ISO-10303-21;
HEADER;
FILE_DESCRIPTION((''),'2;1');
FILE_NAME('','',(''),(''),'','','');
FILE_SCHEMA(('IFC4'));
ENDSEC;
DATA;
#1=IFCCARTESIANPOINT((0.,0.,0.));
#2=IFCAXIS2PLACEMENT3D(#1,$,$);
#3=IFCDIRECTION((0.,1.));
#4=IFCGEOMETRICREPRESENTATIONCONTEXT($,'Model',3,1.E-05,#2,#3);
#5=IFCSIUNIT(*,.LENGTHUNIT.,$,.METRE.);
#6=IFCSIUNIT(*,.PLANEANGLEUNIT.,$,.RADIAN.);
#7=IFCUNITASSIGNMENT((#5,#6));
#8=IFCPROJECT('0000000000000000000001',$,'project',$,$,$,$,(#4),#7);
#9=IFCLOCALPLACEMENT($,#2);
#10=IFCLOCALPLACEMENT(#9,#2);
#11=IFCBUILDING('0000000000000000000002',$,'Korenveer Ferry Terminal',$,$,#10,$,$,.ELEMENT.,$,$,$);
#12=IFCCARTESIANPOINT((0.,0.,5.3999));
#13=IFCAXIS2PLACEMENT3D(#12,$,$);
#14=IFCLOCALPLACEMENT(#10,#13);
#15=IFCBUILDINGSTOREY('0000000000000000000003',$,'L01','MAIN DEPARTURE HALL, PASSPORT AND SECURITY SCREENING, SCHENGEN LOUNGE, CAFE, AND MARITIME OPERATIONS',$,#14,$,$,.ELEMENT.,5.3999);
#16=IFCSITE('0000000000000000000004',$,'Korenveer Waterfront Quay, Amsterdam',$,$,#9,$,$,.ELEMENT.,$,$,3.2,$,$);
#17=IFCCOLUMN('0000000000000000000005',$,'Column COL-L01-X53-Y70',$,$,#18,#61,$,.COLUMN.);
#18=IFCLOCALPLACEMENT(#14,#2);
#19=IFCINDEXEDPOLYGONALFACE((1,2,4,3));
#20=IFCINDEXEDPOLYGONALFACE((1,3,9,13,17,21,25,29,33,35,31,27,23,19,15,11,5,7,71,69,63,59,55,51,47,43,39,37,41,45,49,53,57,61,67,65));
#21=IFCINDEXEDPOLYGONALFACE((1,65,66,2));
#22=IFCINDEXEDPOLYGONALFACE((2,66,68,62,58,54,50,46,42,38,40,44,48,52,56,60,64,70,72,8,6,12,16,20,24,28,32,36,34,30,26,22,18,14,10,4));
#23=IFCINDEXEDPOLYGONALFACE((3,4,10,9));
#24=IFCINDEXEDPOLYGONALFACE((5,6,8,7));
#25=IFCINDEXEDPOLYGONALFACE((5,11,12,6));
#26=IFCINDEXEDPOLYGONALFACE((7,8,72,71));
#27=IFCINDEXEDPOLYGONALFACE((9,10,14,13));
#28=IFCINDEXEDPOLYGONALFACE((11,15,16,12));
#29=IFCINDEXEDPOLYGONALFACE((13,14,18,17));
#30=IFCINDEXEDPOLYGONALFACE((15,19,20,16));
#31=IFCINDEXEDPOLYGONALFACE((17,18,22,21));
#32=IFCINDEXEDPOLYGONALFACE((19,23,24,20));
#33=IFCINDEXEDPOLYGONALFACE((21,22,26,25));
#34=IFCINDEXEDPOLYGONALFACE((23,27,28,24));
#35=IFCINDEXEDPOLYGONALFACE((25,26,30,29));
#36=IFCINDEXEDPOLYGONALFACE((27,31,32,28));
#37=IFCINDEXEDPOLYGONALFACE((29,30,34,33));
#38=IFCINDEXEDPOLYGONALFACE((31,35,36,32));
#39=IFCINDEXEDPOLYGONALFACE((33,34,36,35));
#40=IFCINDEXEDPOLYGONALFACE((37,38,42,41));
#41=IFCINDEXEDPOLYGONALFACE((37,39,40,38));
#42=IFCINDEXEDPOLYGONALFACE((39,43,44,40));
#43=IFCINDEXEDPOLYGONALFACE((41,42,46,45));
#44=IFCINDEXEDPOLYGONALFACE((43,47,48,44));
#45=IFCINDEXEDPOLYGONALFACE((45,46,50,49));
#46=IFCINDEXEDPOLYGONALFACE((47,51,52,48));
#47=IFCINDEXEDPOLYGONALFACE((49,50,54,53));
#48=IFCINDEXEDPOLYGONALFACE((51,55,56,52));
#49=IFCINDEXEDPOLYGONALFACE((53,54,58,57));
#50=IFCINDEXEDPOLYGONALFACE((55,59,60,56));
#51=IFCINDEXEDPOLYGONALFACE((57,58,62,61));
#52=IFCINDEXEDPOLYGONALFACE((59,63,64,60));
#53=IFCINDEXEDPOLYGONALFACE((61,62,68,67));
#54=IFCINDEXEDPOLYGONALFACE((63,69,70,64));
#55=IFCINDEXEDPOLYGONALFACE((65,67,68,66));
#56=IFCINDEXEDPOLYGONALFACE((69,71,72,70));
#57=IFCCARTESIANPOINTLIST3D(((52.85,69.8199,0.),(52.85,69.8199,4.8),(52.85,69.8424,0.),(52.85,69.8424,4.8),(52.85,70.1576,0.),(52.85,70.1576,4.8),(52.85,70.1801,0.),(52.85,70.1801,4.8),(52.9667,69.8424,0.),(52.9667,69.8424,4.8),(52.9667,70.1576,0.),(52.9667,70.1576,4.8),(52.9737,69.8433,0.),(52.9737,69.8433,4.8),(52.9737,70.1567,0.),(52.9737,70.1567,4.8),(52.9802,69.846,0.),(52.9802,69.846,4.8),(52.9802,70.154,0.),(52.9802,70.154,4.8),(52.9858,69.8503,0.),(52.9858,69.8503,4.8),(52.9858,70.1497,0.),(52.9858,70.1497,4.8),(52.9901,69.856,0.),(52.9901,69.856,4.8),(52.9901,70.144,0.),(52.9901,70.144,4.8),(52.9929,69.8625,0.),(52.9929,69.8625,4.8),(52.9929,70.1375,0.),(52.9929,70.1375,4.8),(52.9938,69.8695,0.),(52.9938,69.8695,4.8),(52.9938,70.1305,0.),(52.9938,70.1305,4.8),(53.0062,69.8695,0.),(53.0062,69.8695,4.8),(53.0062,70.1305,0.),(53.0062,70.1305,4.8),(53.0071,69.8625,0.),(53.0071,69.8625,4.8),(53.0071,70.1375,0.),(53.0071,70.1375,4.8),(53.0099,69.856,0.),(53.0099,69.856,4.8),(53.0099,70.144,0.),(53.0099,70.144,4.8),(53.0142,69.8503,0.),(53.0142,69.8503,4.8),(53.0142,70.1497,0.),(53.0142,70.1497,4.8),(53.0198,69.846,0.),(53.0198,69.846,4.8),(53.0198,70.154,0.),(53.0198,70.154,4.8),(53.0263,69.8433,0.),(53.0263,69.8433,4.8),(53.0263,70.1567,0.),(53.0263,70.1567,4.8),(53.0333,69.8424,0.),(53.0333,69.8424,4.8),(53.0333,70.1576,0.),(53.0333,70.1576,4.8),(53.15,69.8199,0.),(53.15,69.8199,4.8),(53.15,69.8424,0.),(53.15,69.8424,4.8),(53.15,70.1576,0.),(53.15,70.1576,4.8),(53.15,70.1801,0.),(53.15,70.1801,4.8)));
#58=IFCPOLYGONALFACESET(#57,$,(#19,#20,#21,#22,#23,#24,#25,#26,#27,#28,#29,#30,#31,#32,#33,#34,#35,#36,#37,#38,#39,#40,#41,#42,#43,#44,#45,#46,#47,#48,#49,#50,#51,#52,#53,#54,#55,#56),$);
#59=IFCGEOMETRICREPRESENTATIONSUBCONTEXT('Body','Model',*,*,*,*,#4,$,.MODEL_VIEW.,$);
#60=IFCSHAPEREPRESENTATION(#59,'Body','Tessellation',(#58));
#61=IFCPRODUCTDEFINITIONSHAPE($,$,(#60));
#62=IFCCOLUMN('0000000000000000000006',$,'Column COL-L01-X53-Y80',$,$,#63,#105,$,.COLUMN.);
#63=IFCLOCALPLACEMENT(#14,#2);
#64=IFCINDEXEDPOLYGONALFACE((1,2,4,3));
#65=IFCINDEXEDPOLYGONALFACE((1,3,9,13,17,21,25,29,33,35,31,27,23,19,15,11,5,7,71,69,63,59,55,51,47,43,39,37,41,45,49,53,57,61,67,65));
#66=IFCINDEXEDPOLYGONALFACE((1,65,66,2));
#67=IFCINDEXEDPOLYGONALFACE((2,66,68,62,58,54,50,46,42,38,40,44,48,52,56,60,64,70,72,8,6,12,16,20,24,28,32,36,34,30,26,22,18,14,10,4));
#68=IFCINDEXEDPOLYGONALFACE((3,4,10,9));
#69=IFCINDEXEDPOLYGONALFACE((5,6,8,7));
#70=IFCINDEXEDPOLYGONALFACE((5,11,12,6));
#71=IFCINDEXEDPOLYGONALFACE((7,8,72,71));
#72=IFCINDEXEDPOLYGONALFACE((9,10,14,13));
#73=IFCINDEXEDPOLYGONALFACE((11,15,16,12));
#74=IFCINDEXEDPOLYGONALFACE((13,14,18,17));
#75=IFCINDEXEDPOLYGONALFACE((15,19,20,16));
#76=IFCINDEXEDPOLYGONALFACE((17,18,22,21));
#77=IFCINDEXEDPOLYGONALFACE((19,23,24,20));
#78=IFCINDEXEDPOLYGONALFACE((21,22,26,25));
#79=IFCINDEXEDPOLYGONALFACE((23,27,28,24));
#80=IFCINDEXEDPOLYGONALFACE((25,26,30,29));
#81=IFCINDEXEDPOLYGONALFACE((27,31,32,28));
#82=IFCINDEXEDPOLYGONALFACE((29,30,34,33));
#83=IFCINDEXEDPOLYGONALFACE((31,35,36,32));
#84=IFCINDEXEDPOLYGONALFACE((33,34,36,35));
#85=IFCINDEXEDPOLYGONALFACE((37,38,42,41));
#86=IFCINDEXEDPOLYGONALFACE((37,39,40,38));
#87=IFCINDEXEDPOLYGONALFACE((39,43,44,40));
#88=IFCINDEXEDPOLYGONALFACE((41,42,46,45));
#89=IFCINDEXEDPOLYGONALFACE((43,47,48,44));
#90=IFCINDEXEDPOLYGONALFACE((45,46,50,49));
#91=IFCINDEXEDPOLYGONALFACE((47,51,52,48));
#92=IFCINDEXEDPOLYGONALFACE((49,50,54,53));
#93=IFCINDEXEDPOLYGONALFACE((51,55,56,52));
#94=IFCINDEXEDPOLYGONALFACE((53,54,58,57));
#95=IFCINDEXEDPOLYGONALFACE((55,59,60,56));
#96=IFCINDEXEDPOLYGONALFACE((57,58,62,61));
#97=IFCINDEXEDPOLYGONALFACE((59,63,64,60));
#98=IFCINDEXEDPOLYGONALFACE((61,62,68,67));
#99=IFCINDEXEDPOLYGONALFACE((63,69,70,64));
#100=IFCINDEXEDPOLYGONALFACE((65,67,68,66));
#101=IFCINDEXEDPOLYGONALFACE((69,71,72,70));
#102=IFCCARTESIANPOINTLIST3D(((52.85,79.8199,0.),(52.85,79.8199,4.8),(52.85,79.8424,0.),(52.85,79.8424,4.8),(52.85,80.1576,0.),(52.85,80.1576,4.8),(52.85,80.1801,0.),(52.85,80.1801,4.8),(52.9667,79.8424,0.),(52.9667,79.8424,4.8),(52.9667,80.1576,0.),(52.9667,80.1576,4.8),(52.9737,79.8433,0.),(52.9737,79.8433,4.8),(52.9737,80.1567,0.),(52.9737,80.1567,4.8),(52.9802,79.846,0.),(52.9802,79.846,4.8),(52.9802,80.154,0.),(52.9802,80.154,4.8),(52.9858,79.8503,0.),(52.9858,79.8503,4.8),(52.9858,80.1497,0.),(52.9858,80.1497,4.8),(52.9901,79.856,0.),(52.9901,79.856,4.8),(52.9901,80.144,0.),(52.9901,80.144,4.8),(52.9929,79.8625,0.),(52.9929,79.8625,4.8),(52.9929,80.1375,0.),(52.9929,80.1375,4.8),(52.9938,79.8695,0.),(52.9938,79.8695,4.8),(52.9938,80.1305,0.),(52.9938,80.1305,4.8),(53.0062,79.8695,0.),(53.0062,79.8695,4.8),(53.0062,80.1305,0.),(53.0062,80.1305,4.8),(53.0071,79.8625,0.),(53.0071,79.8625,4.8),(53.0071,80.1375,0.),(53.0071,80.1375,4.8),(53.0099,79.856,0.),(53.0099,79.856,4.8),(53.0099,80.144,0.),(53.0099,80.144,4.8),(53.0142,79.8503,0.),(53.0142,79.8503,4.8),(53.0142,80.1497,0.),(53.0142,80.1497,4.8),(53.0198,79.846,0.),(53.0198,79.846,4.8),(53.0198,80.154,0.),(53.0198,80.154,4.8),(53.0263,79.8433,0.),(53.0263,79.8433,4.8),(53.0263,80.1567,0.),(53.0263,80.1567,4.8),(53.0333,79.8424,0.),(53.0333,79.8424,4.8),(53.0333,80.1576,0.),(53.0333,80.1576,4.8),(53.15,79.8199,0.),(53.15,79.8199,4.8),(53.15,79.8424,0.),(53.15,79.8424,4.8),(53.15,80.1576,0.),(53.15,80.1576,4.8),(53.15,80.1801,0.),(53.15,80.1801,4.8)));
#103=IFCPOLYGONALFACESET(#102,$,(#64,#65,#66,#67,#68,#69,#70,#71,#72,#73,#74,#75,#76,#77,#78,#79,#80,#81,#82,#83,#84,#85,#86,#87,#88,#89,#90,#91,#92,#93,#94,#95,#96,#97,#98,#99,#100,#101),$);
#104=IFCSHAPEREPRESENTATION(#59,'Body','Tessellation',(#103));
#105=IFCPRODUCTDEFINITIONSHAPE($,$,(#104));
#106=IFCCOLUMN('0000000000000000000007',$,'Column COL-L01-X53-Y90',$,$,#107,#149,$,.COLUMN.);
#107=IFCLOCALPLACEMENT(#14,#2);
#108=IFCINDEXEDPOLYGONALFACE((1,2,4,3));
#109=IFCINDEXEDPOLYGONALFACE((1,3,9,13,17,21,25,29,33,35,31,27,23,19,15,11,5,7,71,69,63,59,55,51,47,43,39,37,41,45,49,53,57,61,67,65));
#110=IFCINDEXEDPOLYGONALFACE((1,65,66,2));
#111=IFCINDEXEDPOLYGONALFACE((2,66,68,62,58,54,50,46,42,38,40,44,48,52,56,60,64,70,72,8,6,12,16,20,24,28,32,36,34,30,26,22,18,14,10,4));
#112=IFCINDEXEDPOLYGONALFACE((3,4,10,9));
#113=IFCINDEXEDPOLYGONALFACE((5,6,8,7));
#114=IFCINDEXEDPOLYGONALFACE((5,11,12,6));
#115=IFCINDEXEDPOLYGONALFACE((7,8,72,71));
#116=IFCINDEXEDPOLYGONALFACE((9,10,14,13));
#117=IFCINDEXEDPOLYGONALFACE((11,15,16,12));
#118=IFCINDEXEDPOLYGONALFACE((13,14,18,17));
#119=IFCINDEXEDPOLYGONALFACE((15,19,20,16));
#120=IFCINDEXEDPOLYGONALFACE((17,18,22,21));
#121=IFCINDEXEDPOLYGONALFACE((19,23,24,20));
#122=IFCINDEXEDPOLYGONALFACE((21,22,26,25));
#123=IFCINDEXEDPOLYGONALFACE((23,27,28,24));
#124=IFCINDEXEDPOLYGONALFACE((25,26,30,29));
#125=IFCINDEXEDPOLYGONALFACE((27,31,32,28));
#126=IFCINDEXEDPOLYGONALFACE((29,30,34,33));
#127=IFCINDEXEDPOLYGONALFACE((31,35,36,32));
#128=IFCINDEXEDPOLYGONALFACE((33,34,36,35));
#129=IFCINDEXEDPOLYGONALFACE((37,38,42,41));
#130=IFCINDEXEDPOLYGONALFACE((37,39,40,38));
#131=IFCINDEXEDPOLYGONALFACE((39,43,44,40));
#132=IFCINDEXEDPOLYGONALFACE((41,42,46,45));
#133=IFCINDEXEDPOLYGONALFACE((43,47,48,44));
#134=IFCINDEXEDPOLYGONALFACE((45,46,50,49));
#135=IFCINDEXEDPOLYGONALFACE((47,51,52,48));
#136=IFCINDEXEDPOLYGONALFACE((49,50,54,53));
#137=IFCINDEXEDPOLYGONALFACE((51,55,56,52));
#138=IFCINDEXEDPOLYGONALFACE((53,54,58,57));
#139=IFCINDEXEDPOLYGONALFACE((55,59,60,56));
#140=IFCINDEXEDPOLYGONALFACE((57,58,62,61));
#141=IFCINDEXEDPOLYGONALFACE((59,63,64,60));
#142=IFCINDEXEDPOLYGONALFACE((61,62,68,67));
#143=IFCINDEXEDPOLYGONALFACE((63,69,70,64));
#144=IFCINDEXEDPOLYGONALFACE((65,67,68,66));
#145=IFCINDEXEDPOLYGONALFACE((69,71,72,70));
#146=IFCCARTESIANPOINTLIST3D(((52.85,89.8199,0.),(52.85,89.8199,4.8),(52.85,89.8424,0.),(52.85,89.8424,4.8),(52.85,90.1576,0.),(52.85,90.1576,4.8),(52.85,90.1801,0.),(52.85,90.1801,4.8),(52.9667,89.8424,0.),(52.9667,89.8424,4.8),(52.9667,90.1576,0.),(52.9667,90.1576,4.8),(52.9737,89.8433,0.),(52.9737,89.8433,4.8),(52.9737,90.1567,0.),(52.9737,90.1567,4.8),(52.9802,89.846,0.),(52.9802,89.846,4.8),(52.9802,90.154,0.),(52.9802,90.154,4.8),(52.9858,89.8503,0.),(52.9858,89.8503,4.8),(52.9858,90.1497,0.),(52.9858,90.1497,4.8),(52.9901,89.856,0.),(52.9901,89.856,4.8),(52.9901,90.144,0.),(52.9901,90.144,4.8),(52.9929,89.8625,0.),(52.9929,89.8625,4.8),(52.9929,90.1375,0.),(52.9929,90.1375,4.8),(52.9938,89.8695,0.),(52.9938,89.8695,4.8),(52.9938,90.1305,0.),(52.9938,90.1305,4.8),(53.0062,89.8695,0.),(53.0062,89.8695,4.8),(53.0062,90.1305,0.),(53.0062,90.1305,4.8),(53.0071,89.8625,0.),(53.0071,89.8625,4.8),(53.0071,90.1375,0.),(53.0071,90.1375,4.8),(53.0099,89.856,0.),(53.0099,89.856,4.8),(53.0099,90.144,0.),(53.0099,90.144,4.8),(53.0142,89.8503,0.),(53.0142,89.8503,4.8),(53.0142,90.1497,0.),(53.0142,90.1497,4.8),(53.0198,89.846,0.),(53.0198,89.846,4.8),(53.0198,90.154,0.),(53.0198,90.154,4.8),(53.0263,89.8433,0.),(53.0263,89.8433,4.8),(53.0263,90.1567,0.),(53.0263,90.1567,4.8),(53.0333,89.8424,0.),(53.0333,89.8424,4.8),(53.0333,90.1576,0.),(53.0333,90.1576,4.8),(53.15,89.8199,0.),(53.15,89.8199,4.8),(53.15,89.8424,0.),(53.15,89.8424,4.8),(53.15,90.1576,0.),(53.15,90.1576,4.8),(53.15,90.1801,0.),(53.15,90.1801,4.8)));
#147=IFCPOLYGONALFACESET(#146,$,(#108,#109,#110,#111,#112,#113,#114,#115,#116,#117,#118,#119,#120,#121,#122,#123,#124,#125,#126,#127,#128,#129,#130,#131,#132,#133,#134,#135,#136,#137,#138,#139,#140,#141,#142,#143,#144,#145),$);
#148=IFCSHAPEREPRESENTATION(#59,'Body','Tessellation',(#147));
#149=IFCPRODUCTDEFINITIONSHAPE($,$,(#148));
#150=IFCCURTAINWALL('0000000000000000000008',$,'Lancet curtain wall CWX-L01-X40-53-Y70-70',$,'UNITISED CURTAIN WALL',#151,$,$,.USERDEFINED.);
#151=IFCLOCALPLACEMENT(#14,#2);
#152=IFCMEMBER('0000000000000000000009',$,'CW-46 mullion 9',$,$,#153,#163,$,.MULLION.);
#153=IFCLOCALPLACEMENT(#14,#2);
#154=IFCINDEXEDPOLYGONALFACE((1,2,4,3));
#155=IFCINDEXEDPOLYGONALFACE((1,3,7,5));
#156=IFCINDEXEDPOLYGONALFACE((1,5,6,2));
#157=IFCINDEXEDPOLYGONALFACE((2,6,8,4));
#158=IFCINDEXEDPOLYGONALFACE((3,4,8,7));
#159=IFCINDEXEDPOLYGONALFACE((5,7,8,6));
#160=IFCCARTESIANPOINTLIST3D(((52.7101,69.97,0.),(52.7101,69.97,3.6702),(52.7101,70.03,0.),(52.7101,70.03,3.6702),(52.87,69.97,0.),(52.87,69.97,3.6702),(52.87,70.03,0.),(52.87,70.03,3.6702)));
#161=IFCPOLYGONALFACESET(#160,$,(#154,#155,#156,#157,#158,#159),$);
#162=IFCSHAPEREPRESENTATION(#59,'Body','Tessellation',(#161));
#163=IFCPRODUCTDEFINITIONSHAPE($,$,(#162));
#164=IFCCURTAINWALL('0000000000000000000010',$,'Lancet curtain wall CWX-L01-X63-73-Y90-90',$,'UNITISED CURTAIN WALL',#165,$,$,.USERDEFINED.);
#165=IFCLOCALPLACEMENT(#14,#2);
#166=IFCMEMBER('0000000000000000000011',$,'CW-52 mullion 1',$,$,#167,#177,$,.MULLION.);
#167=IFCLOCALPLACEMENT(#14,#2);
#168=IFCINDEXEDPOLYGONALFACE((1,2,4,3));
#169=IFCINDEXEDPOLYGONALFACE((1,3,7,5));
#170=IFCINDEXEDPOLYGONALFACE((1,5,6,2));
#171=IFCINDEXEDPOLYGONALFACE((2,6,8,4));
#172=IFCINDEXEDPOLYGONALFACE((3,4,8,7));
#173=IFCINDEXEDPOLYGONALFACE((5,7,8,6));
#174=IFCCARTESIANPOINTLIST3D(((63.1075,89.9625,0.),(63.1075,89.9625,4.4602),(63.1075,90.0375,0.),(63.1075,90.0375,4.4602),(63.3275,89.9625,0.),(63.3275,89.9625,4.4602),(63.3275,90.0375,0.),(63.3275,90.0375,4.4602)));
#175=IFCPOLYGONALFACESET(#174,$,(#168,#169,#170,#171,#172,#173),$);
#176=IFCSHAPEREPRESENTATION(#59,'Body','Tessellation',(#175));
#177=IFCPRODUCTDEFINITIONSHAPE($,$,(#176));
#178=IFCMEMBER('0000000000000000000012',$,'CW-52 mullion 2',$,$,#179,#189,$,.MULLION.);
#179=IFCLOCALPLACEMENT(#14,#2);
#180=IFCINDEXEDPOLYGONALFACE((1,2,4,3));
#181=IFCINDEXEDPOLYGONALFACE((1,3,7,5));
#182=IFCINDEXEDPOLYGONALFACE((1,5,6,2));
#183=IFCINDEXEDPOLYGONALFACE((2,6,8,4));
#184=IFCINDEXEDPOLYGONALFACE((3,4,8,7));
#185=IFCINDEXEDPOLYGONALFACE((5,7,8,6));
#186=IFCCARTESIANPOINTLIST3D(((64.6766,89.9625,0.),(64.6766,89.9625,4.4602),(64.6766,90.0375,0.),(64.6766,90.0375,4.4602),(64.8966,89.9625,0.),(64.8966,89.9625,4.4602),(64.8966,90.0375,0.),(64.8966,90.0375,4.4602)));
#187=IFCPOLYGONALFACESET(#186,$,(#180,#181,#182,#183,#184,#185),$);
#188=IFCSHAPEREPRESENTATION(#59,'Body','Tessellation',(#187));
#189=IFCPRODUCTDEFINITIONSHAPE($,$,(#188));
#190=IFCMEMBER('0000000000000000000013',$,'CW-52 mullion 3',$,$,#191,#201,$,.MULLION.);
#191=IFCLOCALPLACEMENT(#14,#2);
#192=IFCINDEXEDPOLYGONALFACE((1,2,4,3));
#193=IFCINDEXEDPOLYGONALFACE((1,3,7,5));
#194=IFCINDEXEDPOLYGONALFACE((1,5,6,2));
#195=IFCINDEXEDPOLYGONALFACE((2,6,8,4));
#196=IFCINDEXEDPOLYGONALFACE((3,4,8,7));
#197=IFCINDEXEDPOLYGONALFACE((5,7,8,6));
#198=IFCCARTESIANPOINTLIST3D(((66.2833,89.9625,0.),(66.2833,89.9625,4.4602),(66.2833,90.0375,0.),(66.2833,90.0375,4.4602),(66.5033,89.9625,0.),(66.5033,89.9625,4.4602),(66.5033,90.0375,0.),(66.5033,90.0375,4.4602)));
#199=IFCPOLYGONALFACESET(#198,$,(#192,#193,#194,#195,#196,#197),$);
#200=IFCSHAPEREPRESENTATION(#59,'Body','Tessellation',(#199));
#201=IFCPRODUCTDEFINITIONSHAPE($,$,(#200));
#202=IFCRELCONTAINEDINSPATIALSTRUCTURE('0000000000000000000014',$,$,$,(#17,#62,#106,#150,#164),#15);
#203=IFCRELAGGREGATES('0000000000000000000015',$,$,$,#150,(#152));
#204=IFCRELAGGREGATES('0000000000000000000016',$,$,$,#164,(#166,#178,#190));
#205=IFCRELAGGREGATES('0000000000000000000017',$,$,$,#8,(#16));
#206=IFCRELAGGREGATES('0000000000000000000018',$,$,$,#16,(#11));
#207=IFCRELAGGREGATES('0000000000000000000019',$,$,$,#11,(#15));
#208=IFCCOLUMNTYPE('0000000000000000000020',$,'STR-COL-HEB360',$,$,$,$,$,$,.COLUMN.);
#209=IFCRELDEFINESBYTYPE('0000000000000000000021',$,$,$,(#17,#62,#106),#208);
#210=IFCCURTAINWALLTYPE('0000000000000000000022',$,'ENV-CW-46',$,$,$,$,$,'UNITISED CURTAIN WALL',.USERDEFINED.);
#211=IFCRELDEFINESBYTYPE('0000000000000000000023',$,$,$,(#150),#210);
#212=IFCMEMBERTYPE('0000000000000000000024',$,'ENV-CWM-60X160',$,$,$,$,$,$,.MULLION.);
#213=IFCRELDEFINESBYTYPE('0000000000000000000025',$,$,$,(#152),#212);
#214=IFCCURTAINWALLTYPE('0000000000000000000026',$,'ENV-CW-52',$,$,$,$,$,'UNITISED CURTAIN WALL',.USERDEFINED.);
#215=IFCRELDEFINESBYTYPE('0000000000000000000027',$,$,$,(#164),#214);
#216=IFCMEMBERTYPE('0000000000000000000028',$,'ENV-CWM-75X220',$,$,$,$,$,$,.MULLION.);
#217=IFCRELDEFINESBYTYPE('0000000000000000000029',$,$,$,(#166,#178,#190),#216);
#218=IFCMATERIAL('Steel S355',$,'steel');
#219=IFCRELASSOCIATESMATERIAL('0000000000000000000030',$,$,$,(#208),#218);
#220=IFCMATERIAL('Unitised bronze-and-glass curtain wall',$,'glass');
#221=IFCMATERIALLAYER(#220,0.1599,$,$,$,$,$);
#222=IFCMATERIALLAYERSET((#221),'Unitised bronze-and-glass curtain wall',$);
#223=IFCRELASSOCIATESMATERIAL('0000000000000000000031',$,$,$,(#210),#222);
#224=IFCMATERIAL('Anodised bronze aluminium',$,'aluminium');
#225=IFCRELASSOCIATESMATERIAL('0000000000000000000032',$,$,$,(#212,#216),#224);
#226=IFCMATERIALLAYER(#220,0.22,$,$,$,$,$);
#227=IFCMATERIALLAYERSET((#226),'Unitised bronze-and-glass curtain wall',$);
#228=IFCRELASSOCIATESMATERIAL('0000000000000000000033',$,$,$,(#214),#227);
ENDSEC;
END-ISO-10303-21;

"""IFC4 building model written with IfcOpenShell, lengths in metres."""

from ifc_helpers import new_model, si_unit, direction, frame, origin, origin_2d, place, context, subcontext, project, spatial, rectangle, i_section, extrude, material, layer, layer_set, material_profile, profile_set, type_object, element, aggregate, save


model = new_model("IFC4")

# Units and contexts
model_context = context("Model", 3, precision=1e-05, world=origin(), true_north=direction((0.0, 1.0)))
body_context = subcontext(model_context, "Body", "Model", "MODEL_VIEW")
ifc_project = project(units=[si_unit("LENGTHUNIT", "METRE"), si_unit("PLANEANGLEUNIT", "RADIAN")], contexts=[model_context])

# Site, building, storey
site_placement = place(None, origin())
site = spatial("IfcSite", under=ifc_project, at=site_placement, Name="Korenveer Waterfront Quay, Amsterdam", CompositionType="ELEMENT", RefElevation=3.2)
building_placement = place(site_placement, origin())
building = spatial("IfcBuilding", under=site, at=building_placement, Name="Korenveer Ferry Terminal", CompositionType="ELEMENT")
storey_placement = place(building_placement, frame((0.0, 0.0, 5.3999)))
storey = spatial("IfcBuildingStorey", under=building, at=storey_placement, Name="L01", Description="MAIN DEPARTURE HALL, PASSPORT AND SECURITY SCREENING, SCHENGEN LOUNGE, CAFE, AND MARITIME OPERATIONS", CompositionType="ELEMENT", Elevation=5.3999)

# Columns
ifc_material_1 = material(Name="Steel S355", Category="steel")
ifc_material_profile_1 = material_profile(ifc_material_1, i_section(OverallWidth=0.3, OverallDepth=0.3601, WebThickness=0.0125, FlangeThickness=0.0225, FilletRadius=0.0271, at=origin_2d()), Name="HEB 360")
ifc_profile_set_1 = profile_set([ifc_material_profile_1], Name="Steel S355")
column_type = type_object("IfcColumnType", Name="STR-COL-HEB360", PredefinedType="COLUMN", material=ifc_profile_set_1)
for number, where, z_axis, x_axis, name in (
    (1, (53.0, 70.0, 0.0), (0.0, 0.0, 1.0), (1.0, 0.0, 0.0), "Column COL-L01-X53-Y70"),
    (2, (53.0, 80.0, 0.0), (0.0, 0.0, 1.0), (1.0, 0.0, 0.0), "Column COL-L01-X53-Y80"),
    (3, (53.0, 90.0, 0.0), (0.0, 0.0, 1.0), (1.0, 0.0, 0.0), "Column COL-L01-X53-Y90"),
):
    element("IfcColumn", number, at=place(storey_placement, frame(where, z_axis=z_axis, x_axis=x_axis)), inside=storey, type_object=column_type, Name=name, PredefinedType="COLUMN", context=body_context, shape_type="SweptSolid", body=[
        extrude(i_section(OverallWidth=0.3, OverallDepth=0.3601, WebThickness=0.0125, FlangeThickness=0.0225, FilletRadius=0.0271, at=origin_2d()), origin(), (0.0, 0.0, 1.0), 4.8),
    ])

# Curtain wall, member
ifc_material_2 = material(Name="Unitised bronze-and-glass curtain wall", Category="glass")
ifc_layer_1 = layer(ifc_material_2, 0.1599)
ifc_layer_set_1 = layer_set([ifc_layer_1], Name="Unitised bronze-and-glass curtain wall")
curtain_wall_type_1 = type_object("IfcCurtainWallType", Name="ENV-CW-46", ElementType="UNITISED CURTAIN WALL", PredefinedType="USERDEFINED", material=ifc_layer_set_1)
curtain_wall_1_placement = place(storey_placement, frame((40.28, 70.0, 0.0)))
curtain_wall_1 = element("IfcCurtainWall", 4, at=curtain_wall_1_placement, inside=storey, type_object=curtain_wall_type_1, Name="Lancet curtain wall CWX-L01-X40-53-Y70-70", ObjectType="UNITISED CURTAIN WALL", PredefinedType="USERDEFINED")
ifc_material_3 = material(Name="Anodised bronze aluminium", Category="aluminium")
ifc_material_profile_2 = material_profile(ifc_material_3, rectangle(XDim=0.0601, YDim=0.1599, at=origin_2d()), Name="ALU 60x160")
ifc_profile_set_2 = profile_set([ifc_material_profile_2], Name="Anodised bronze aluminium")
member_type_1 = type_object("IfcMemberType", Name="ENV-CWM-60X160", PredefinedType="MULLION", material=ifc_profile_set_2)
member_1_placement = place(storey_placement, frame((52.79, 70.0, 0.0), z_axis=(0.0, 0.0, 1.0), x_axis=(0.0, 1.0, 0.0)))
member_1 = element("IfcMember", 5, at=member_1_placement, type_object=member_type_1, Name="CW-46 mullion 9", PredefinedType="MULLION", context=body_context, shape_type="SweptSolid", body=[
    extrude(rectangle(XDim=0.0601, YDim=0.1599, at=origin_2d()), origin(), (0.0, 0.0, 1.0), 3.6702),
])

# Curtain wall, members
ifc_layer_2 = layer(ifc_material_2, 0.22)
ifc_layer_set_2 = layer_set([ifc_layer_2], Name="Unitised bronze-and-glass curtain wall")
curtain_wall_type_2 = type_object("IfcCurtainWallType", Name="ENV-CW-52", ElementType="UNITISED CURTAIN WALL", PredefinedType="USERDEFINED", material=ifc_layer_set_2)
curtain_wall_2_placement = place(storey_placement, frame((63.1799, 90.0, 0.0)))
curtain_wall_2 = element("IfcCurtainWall", 6, at=curtain_wall_2_placement, inside=storey, type_object=curtain_wall_type_2, Name="Lancet curtain wall CWX-L01-X63-73-Y90-90", ObjectType="UNITISED CURTAIN WALL", PredefinedType="USERDEFINED")
ifc_material_profile_3 = material_profile(ifc_material_3, rectangle(XDim=0.075, YDim=0.22, at=origin_2d()), Name="ALU 75x220")
ifc_profile_set_3 = profile_set([ifc_material_profile_3], Name="Anodised bronze aluminium")
member_type_2 = type_object("IfcMemberType", Name="ENV-CWM-75X220", PredefinedType="MULLION", material=ifc_profile_set_3)
member_2_placement = place(storey_placement, frame((63.2175, 90.0, 0.0), z_axis=(0.0, 0.0, 1.0), x_axis=(0.0, 1.0, 0.0)))
member_2 = element("IfcMember", 7, at=member_2_placement, type_object=member_type_2, Name="CW-52 mullion 1", PredefinedType="MULLION", context=body_context, shape_type="SweptSolid", body=[
    extrude(rectangle(XDim=0.075, YDim=0.22, at=origin_2d()), origin(), (0.0, 0.0, 1.0), 4.4602),
])
member_3_placement = place(storey_placement, frame((64.7866, 90.0, 0.0), z_axis=(0.0, 0.0, 1.0), x_axis=(0.0, 1.0, 0.0)))
member_3 = element("IfcMember", 8, at=member_3_placement, type_object=member_type_2, Name="CW-52 mullion 2", PredefinedType="MULLION", context=body_context, shape_type="SweptSolid", body=[
    extrude(rectangle(XDim=0.075, YDim=0.22, at=origin_2d()), origin(), (0.0, 0.0, 1.0), 4.4602),
])
member_4_placement = place(storey_placement, frame((66.3933, 90.0, 0.0), z_axis=(0.0, 0.0, 1.0), x_axis=(0.0, 1.0, 0.0)))
member_4 = element("IfcMember", 9, at=member_4_placement, type_object=member_type_2, Name="CW-52 mullion 3", PredefinedType="MULLION", context=body_context, shape_type="SweptSolid", body=[
    extrude(rectangle(XDim=0.075, YDim=0.22, at=origin_2d()), origin(), (0.0, 0.0, 1.0), 4.4602),
])

aggregate(curtain_wall_1, [member_1])
aggregate(curtain_wall_2, [member_2, member_3, member_4])

save(model, "model.ifc")
